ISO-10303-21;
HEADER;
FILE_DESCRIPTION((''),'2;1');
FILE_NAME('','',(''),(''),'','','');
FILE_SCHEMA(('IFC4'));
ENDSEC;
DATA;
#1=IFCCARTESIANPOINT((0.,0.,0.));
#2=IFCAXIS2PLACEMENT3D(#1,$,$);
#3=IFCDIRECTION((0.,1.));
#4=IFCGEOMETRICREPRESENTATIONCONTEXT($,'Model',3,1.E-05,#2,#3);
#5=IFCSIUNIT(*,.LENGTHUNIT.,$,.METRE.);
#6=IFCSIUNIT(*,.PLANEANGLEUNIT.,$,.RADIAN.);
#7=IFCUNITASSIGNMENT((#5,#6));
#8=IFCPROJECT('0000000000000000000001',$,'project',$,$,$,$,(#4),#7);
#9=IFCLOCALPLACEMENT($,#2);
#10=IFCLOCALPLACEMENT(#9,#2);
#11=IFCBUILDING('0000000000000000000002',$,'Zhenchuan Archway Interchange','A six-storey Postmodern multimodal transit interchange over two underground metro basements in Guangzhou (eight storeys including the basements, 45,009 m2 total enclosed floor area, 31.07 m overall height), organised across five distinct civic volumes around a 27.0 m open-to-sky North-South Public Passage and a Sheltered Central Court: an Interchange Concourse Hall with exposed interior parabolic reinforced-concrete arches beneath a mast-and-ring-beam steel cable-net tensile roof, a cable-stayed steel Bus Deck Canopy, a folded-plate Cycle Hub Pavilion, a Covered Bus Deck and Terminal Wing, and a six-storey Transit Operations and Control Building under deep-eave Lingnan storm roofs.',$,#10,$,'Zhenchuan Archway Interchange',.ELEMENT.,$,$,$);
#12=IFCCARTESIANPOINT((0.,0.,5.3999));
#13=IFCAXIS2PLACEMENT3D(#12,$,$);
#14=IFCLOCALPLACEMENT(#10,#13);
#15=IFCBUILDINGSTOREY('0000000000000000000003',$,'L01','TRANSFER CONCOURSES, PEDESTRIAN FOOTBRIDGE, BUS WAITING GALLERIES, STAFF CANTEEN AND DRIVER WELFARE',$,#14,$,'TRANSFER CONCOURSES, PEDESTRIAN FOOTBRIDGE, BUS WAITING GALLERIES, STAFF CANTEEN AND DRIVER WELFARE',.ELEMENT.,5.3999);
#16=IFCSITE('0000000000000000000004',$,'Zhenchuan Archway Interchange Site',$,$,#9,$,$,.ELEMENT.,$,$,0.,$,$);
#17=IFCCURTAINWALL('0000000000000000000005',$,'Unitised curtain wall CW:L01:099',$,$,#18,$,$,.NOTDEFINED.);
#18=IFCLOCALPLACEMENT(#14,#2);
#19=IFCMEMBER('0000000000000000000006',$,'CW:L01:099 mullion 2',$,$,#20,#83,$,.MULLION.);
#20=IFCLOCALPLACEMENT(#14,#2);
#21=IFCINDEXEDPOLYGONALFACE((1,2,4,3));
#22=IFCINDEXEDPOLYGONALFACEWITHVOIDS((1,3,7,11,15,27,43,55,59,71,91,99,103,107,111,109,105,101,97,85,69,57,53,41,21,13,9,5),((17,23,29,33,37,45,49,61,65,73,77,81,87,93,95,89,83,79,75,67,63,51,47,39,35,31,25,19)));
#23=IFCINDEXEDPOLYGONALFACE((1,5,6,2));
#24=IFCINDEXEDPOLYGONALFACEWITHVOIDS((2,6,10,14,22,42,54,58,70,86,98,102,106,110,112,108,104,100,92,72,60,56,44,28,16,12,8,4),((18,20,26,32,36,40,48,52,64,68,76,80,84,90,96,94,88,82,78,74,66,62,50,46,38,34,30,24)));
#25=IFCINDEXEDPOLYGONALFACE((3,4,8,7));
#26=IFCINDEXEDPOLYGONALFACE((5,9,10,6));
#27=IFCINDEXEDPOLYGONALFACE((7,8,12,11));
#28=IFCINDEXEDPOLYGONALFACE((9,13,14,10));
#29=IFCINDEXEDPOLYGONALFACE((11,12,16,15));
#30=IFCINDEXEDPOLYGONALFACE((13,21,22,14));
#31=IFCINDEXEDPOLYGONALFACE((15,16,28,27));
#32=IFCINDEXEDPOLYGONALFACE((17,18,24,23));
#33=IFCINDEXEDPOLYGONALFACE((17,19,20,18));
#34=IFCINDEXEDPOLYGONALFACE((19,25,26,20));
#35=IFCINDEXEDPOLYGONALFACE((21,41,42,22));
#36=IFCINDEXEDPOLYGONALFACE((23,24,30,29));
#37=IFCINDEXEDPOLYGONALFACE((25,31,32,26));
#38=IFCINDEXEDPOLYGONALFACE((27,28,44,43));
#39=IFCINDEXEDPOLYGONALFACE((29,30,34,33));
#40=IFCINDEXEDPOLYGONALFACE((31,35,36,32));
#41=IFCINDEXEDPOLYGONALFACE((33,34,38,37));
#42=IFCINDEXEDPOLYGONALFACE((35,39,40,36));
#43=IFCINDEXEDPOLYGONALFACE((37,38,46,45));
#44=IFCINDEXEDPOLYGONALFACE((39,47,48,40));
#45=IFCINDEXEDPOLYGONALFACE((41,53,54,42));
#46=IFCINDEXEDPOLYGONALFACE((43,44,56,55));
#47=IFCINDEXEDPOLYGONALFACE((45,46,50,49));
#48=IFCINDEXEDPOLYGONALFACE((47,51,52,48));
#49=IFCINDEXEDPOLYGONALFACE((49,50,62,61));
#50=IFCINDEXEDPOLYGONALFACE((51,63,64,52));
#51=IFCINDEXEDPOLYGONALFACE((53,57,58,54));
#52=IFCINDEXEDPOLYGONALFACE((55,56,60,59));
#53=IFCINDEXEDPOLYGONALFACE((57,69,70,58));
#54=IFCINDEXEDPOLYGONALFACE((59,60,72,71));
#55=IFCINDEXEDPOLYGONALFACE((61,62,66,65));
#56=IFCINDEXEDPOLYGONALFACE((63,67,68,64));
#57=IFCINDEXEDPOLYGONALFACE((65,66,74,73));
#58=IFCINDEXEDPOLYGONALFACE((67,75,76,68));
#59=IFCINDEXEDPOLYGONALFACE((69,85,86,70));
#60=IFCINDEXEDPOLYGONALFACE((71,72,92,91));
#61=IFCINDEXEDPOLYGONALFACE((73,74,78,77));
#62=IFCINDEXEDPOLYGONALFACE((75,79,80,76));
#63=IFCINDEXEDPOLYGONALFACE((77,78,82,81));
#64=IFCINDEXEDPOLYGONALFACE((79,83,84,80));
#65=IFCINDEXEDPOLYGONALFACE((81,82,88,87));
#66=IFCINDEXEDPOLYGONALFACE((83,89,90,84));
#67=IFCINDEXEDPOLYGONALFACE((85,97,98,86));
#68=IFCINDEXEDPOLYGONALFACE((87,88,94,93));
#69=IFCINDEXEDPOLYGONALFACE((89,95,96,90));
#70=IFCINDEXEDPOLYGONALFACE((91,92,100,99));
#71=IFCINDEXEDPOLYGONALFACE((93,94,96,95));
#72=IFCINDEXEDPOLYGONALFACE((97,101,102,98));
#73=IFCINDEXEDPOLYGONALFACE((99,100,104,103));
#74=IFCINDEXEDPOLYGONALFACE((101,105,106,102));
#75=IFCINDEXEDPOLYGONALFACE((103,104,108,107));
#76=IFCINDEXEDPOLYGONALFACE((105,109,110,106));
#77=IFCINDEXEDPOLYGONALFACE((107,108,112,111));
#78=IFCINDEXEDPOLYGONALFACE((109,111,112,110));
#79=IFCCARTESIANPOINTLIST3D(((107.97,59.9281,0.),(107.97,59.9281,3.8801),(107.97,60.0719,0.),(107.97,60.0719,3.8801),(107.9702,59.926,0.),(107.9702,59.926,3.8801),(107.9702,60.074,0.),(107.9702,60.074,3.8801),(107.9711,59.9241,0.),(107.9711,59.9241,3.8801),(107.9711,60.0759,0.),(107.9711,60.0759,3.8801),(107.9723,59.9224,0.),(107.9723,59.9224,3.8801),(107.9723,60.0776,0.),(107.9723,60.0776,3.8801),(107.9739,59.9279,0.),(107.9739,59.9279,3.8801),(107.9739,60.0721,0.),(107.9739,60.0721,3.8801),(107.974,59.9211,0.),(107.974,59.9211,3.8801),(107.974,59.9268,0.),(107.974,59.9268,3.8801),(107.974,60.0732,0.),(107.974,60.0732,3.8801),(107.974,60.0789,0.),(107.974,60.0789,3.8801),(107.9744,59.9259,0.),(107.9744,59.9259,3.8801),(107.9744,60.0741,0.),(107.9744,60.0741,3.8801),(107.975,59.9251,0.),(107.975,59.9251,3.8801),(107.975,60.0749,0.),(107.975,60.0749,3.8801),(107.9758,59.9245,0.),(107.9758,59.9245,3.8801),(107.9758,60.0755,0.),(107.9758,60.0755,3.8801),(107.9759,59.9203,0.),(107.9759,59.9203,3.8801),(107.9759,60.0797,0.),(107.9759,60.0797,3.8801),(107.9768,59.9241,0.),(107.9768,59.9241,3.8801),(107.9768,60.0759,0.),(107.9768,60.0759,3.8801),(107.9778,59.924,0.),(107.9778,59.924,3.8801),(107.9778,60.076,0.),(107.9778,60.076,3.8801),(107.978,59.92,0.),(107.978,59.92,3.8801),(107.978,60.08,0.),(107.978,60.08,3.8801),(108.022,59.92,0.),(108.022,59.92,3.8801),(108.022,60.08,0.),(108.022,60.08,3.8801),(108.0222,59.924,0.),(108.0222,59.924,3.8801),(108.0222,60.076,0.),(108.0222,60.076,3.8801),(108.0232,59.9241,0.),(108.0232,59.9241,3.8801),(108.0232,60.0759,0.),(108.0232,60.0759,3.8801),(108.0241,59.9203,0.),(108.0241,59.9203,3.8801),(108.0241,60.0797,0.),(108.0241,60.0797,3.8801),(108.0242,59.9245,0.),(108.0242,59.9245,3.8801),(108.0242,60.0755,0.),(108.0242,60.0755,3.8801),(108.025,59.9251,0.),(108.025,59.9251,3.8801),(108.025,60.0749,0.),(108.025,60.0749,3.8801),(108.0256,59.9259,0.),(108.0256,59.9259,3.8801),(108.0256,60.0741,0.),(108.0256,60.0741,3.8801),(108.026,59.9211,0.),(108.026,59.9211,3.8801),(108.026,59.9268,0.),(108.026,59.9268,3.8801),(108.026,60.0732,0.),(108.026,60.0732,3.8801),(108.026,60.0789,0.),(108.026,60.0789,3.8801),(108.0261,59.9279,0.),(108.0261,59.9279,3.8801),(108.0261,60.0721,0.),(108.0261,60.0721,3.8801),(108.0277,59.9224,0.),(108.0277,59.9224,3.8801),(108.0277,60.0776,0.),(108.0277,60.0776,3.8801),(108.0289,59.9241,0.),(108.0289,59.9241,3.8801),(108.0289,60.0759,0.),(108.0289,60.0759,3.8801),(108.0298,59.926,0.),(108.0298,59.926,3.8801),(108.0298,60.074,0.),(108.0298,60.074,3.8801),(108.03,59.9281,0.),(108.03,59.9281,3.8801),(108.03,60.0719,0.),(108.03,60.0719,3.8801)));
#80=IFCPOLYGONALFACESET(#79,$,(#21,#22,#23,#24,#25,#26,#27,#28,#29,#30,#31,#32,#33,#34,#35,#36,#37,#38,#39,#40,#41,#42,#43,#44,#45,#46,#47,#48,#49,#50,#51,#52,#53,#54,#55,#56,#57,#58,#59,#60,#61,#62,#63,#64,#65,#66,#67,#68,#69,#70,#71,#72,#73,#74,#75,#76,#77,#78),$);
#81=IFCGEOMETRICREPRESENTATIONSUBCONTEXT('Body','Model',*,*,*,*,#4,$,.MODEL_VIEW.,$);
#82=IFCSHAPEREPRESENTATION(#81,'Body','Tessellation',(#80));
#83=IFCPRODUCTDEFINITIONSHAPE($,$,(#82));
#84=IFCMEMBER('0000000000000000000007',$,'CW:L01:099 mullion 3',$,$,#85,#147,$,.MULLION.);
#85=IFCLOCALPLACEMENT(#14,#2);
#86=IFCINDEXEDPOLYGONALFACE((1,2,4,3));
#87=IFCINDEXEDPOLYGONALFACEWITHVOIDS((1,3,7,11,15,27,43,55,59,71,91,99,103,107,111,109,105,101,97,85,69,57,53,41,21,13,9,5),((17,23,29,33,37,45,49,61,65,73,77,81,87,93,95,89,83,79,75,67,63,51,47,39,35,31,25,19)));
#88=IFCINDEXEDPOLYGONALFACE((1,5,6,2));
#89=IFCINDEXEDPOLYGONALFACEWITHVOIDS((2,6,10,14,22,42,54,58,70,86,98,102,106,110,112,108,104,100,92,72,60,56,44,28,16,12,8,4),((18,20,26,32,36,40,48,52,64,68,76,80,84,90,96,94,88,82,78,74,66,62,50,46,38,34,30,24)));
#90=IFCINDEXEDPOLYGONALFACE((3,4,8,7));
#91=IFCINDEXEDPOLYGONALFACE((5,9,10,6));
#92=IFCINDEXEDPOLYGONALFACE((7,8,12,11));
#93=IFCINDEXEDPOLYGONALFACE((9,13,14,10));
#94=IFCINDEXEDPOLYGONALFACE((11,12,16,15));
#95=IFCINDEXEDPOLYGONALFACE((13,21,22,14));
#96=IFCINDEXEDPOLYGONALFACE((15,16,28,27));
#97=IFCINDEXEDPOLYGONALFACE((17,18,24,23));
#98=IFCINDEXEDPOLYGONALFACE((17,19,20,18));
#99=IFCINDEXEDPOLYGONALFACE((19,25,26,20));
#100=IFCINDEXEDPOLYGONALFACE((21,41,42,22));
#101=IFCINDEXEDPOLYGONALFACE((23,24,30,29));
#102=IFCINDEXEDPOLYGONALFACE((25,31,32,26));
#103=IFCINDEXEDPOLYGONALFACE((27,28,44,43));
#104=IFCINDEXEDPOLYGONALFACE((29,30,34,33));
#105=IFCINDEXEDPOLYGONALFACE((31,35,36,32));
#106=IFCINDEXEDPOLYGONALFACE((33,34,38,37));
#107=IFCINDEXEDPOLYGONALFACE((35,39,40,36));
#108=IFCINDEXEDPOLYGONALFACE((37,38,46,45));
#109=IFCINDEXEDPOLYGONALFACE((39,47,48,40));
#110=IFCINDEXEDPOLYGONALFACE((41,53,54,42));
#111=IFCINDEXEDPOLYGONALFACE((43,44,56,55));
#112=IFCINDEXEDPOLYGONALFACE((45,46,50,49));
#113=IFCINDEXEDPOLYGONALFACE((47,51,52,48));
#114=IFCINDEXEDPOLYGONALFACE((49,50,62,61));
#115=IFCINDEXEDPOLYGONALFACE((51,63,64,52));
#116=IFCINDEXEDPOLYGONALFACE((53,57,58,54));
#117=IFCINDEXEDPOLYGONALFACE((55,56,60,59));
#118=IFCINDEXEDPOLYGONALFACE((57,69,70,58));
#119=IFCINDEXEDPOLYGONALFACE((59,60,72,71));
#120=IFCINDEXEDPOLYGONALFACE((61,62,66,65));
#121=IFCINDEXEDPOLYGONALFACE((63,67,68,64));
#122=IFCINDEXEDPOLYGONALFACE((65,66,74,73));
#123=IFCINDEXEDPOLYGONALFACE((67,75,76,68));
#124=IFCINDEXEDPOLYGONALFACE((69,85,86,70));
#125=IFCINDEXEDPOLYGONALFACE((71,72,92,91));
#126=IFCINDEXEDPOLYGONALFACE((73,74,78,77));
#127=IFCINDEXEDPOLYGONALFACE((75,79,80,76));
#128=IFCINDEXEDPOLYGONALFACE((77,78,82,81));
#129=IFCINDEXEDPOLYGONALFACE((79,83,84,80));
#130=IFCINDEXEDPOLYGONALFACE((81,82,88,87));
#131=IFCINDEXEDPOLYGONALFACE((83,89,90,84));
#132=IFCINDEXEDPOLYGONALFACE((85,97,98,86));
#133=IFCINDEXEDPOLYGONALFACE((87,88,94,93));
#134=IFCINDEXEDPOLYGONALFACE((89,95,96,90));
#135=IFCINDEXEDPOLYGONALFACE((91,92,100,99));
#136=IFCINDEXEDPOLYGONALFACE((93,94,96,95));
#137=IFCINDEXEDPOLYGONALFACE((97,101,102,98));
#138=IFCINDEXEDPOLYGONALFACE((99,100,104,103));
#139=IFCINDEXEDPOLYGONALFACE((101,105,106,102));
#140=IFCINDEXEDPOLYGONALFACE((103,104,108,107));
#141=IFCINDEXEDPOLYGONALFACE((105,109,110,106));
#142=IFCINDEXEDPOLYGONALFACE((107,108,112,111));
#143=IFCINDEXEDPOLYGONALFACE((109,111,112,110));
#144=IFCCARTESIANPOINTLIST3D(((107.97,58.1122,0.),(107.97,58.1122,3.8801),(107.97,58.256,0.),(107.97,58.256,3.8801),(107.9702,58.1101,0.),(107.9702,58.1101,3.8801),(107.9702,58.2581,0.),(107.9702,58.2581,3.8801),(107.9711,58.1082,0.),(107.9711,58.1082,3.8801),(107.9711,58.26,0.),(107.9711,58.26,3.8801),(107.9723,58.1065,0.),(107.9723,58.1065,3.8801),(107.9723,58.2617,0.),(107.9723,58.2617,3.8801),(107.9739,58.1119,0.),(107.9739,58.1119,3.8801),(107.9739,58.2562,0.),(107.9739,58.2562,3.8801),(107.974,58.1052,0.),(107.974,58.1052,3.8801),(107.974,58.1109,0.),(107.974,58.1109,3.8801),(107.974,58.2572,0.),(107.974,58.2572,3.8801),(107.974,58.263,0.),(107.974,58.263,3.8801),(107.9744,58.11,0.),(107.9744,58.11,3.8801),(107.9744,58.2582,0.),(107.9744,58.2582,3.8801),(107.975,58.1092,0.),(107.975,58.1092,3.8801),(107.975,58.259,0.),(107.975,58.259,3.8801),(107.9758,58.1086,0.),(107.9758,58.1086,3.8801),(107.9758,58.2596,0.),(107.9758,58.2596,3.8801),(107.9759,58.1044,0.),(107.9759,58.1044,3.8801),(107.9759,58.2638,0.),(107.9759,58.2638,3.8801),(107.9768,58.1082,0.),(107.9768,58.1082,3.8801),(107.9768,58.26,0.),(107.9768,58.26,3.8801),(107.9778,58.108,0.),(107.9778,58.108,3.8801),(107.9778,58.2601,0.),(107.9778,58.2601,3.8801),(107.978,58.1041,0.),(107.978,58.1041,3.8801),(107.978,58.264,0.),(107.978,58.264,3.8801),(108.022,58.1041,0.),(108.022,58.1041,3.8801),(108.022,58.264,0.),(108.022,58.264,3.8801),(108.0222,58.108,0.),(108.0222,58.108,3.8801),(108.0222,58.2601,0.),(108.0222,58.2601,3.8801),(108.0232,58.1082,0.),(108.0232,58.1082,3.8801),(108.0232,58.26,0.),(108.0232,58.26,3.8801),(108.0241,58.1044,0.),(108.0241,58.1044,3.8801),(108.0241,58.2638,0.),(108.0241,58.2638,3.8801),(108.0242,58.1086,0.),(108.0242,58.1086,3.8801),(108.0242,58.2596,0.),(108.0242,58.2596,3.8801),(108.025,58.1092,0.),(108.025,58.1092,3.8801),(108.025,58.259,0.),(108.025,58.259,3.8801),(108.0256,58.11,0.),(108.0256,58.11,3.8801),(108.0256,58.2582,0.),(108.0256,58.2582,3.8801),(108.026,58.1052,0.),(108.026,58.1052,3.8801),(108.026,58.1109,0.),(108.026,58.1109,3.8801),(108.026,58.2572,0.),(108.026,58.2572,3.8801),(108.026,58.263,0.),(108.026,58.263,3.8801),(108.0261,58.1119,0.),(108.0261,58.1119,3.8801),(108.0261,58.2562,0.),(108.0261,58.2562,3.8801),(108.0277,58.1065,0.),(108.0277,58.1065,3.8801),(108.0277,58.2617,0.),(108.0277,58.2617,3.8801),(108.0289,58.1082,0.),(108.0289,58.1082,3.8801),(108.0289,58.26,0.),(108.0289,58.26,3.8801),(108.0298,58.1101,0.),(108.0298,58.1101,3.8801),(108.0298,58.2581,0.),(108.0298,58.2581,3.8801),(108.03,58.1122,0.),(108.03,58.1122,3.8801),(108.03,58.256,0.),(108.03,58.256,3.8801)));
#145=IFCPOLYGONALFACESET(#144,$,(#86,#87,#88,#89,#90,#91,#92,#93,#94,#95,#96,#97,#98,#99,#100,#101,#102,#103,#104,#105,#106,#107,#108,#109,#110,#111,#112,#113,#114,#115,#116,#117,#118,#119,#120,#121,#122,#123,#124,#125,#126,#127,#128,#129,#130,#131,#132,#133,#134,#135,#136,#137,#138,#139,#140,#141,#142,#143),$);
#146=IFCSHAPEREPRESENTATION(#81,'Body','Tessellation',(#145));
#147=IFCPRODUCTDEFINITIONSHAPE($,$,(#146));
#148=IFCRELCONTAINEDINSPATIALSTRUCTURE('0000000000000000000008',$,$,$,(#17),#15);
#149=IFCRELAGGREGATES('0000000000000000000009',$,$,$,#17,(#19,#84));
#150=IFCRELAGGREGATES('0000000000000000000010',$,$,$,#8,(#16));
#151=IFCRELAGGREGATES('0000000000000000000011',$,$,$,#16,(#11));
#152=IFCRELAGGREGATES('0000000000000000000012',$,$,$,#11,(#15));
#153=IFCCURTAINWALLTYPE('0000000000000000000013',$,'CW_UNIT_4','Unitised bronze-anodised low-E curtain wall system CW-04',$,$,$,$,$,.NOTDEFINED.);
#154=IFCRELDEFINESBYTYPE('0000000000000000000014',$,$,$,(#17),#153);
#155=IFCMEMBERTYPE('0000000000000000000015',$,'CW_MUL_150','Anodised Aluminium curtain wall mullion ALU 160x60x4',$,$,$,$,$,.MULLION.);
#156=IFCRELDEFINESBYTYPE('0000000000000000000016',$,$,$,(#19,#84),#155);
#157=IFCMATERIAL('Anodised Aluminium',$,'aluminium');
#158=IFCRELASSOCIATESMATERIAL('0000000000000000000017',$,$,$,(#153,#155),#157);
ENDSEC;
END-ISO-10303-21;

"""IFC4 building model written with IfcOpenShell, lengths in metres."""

from ifc_helpers import new_model, si_unit, direction, frame, origin, origin_2d, place, context, subcontext, project, spatial, hollow_rectangle, extrude, material, material_profile, profile_set, type_object, element, aggregate, save


model = new_model("IFC4")

# Units and contexts
model_context = context("Model", 3, precision=1e-05, world=origin(), true_north=direction((0.0, 1.0)))
body_context = subcontext(model_context, "Body", "Model", "MODEL_VIEW")
ifc_project = project(units=[si_unit("LENGTHUNIT", "METRE"), si_unit("PLANEANGLEUNIT", "RADIAN")], contexts=[model_context])

# Site, building, storey
site_placement = place(None, origin())
site = spatial("IfcSite", under=ifc_project, at=site_placement, Name="Zhenchuan Archway Interchange Site", CompositionType="ELEMENT", RefElevation=0.0)
building_placement = place(site_placement, origin())
building = spatial("IfcBuilding", under=site, at=building_placement, Name="Zhenchuan Archway Interchange", Description="A six-storey Postmodern multimodal transit interchange over two underground metro basements in Guangzhou (eight storeys including the basements, 45,009 m2 total enclosed floor area, 31.07 m overall height), organised across five distinct civic volumes around a 27.0 m open-to-sky North-South Public Passage and a Sheltered Central Court: an Interchange Concourse Hall with exposed interior parabolic reinforced-concrete arches beneath a mast-and-ring-beam steel cable-net tensile roof, a cable-stayed steel Bus Deck Canopy, a folded-plate Cycle Hub Pavilion, a Covered Bus Deck and Terminal Wing, and a six-storey Transit Operations and Control Building under deep-eave Lingnan storm roofs.", LongName="Zhenchuan Archway Interchange", CompositionType="ELEMENT")
storey_placement = place(building_placement, frame((0.0, 0.0, 5.3999)))
storey = spatial("IfcBuildingStorey", under=building, at=storey_placement, Name="L01", Description="TRANSFER CONCOURSES, PEDESTRIAN FOOTBRIDGE, BUS WAITING GALLERIES, STAFF CANTEEN AND DRIVER WELFARE", LongName="TRANSFER CONCOURSES, PEDESTRIAN FOOTBRIDGE, BUS WAITING GALLERIES, STAFF CANTEEN AND DRIVER WELFARE", CompositionType="ELEMENT", Elevation=5.3999)

# Curtain wall, members
ifc_material_1 = material(Name="Anodised Aluminium", Category="aluminium")
curtain_wall_type = type_object("IfcCurtainWallType", Name="CW_UNIT_4", Description="Unitised bronze-anodised low-E curtain wall system CW-04", PredefinedType="NOTDEFINED", material=ifc_material_1)
curtain_wall_placement = place(storey_placement, origin())
curtain_wall = element("IfcCurtainWall", 1, at=curtain_wall_placement, inside=storey, type_object=curtain_wall_type, Name="Unitised curtain wall CW:L01:099", PredefinedType="NOTDEFINED")
ifc_material_profile_1 = material_profile(ifc_material_1, hollow_rectangle(XDim=0.0601, YDim=0.1599, WallThickness=0.0039, InnerFilletRadius=0.0039, OuterFilletRadius=0.0081, at=origin_2d()), Name="ALU 160x60x4")
ifc_profile_set_1 = profile_set([ifc_material_profile_1], Name="Anodised Aluminium")
member_type_1 = type_object("IfcMemberType", Name="CW_MUL_150", Description="Anodised Aluminium curtain wall mullion ALU 160x60x4", PredefinedType="MULLION", material=ifc_profile_set_1)
member_1_placement = place(storey_placement, frame((108.0, 60.0, 0.0), z_axis=(0.0, 0.0, 1.0), x_axis=(1.0, 0.0, 0.0)))
member_1 = element("IfcMember", 2, at=member_1_placement, type_object=member_type_1, Name="CW:L01:099 mullion 2", PredefinedType="MULLION", context=body_context, shape_type="SweptSolid", body=[
    extrude(hollow_rectangle(XDim=0.0601, YDim=0.1599, WallThickness=0.0039, InnerFilletRadius=0.0039, OuterFilletRadius=0.0081, at=origin_2d()), origin(), (0.0, 0.0, 1.0), 3.8801),
])
member_2_placement = place(storey_placement, frame((108.0, 58.1841, 0.0), z_axis=(0.0, 0.0, 1.0), x_axis=(1.0, 0.0, 0.0)))
member_2 = element("IfcMember", 3, at=member_2_placement, type_object=member_type_1, Name="CW:L01:099 mullion 3", PredefinedType="MULLION", context=body_context, shape_type="SweptSolid", body=[
    extrude(hollow_rectangle(XDim=0.0601, YDim=0.1599, WallThickness=0.0039, InnerFilletRadius=0.0039, OuterFilletRadius=0.0081, at=origin_2d()), origin(), (0.0, 0.0, 1.0), 3.8801),
])
aggregate(curtain_wall, [member_1, member_2])

save(model, "model.ifc")
